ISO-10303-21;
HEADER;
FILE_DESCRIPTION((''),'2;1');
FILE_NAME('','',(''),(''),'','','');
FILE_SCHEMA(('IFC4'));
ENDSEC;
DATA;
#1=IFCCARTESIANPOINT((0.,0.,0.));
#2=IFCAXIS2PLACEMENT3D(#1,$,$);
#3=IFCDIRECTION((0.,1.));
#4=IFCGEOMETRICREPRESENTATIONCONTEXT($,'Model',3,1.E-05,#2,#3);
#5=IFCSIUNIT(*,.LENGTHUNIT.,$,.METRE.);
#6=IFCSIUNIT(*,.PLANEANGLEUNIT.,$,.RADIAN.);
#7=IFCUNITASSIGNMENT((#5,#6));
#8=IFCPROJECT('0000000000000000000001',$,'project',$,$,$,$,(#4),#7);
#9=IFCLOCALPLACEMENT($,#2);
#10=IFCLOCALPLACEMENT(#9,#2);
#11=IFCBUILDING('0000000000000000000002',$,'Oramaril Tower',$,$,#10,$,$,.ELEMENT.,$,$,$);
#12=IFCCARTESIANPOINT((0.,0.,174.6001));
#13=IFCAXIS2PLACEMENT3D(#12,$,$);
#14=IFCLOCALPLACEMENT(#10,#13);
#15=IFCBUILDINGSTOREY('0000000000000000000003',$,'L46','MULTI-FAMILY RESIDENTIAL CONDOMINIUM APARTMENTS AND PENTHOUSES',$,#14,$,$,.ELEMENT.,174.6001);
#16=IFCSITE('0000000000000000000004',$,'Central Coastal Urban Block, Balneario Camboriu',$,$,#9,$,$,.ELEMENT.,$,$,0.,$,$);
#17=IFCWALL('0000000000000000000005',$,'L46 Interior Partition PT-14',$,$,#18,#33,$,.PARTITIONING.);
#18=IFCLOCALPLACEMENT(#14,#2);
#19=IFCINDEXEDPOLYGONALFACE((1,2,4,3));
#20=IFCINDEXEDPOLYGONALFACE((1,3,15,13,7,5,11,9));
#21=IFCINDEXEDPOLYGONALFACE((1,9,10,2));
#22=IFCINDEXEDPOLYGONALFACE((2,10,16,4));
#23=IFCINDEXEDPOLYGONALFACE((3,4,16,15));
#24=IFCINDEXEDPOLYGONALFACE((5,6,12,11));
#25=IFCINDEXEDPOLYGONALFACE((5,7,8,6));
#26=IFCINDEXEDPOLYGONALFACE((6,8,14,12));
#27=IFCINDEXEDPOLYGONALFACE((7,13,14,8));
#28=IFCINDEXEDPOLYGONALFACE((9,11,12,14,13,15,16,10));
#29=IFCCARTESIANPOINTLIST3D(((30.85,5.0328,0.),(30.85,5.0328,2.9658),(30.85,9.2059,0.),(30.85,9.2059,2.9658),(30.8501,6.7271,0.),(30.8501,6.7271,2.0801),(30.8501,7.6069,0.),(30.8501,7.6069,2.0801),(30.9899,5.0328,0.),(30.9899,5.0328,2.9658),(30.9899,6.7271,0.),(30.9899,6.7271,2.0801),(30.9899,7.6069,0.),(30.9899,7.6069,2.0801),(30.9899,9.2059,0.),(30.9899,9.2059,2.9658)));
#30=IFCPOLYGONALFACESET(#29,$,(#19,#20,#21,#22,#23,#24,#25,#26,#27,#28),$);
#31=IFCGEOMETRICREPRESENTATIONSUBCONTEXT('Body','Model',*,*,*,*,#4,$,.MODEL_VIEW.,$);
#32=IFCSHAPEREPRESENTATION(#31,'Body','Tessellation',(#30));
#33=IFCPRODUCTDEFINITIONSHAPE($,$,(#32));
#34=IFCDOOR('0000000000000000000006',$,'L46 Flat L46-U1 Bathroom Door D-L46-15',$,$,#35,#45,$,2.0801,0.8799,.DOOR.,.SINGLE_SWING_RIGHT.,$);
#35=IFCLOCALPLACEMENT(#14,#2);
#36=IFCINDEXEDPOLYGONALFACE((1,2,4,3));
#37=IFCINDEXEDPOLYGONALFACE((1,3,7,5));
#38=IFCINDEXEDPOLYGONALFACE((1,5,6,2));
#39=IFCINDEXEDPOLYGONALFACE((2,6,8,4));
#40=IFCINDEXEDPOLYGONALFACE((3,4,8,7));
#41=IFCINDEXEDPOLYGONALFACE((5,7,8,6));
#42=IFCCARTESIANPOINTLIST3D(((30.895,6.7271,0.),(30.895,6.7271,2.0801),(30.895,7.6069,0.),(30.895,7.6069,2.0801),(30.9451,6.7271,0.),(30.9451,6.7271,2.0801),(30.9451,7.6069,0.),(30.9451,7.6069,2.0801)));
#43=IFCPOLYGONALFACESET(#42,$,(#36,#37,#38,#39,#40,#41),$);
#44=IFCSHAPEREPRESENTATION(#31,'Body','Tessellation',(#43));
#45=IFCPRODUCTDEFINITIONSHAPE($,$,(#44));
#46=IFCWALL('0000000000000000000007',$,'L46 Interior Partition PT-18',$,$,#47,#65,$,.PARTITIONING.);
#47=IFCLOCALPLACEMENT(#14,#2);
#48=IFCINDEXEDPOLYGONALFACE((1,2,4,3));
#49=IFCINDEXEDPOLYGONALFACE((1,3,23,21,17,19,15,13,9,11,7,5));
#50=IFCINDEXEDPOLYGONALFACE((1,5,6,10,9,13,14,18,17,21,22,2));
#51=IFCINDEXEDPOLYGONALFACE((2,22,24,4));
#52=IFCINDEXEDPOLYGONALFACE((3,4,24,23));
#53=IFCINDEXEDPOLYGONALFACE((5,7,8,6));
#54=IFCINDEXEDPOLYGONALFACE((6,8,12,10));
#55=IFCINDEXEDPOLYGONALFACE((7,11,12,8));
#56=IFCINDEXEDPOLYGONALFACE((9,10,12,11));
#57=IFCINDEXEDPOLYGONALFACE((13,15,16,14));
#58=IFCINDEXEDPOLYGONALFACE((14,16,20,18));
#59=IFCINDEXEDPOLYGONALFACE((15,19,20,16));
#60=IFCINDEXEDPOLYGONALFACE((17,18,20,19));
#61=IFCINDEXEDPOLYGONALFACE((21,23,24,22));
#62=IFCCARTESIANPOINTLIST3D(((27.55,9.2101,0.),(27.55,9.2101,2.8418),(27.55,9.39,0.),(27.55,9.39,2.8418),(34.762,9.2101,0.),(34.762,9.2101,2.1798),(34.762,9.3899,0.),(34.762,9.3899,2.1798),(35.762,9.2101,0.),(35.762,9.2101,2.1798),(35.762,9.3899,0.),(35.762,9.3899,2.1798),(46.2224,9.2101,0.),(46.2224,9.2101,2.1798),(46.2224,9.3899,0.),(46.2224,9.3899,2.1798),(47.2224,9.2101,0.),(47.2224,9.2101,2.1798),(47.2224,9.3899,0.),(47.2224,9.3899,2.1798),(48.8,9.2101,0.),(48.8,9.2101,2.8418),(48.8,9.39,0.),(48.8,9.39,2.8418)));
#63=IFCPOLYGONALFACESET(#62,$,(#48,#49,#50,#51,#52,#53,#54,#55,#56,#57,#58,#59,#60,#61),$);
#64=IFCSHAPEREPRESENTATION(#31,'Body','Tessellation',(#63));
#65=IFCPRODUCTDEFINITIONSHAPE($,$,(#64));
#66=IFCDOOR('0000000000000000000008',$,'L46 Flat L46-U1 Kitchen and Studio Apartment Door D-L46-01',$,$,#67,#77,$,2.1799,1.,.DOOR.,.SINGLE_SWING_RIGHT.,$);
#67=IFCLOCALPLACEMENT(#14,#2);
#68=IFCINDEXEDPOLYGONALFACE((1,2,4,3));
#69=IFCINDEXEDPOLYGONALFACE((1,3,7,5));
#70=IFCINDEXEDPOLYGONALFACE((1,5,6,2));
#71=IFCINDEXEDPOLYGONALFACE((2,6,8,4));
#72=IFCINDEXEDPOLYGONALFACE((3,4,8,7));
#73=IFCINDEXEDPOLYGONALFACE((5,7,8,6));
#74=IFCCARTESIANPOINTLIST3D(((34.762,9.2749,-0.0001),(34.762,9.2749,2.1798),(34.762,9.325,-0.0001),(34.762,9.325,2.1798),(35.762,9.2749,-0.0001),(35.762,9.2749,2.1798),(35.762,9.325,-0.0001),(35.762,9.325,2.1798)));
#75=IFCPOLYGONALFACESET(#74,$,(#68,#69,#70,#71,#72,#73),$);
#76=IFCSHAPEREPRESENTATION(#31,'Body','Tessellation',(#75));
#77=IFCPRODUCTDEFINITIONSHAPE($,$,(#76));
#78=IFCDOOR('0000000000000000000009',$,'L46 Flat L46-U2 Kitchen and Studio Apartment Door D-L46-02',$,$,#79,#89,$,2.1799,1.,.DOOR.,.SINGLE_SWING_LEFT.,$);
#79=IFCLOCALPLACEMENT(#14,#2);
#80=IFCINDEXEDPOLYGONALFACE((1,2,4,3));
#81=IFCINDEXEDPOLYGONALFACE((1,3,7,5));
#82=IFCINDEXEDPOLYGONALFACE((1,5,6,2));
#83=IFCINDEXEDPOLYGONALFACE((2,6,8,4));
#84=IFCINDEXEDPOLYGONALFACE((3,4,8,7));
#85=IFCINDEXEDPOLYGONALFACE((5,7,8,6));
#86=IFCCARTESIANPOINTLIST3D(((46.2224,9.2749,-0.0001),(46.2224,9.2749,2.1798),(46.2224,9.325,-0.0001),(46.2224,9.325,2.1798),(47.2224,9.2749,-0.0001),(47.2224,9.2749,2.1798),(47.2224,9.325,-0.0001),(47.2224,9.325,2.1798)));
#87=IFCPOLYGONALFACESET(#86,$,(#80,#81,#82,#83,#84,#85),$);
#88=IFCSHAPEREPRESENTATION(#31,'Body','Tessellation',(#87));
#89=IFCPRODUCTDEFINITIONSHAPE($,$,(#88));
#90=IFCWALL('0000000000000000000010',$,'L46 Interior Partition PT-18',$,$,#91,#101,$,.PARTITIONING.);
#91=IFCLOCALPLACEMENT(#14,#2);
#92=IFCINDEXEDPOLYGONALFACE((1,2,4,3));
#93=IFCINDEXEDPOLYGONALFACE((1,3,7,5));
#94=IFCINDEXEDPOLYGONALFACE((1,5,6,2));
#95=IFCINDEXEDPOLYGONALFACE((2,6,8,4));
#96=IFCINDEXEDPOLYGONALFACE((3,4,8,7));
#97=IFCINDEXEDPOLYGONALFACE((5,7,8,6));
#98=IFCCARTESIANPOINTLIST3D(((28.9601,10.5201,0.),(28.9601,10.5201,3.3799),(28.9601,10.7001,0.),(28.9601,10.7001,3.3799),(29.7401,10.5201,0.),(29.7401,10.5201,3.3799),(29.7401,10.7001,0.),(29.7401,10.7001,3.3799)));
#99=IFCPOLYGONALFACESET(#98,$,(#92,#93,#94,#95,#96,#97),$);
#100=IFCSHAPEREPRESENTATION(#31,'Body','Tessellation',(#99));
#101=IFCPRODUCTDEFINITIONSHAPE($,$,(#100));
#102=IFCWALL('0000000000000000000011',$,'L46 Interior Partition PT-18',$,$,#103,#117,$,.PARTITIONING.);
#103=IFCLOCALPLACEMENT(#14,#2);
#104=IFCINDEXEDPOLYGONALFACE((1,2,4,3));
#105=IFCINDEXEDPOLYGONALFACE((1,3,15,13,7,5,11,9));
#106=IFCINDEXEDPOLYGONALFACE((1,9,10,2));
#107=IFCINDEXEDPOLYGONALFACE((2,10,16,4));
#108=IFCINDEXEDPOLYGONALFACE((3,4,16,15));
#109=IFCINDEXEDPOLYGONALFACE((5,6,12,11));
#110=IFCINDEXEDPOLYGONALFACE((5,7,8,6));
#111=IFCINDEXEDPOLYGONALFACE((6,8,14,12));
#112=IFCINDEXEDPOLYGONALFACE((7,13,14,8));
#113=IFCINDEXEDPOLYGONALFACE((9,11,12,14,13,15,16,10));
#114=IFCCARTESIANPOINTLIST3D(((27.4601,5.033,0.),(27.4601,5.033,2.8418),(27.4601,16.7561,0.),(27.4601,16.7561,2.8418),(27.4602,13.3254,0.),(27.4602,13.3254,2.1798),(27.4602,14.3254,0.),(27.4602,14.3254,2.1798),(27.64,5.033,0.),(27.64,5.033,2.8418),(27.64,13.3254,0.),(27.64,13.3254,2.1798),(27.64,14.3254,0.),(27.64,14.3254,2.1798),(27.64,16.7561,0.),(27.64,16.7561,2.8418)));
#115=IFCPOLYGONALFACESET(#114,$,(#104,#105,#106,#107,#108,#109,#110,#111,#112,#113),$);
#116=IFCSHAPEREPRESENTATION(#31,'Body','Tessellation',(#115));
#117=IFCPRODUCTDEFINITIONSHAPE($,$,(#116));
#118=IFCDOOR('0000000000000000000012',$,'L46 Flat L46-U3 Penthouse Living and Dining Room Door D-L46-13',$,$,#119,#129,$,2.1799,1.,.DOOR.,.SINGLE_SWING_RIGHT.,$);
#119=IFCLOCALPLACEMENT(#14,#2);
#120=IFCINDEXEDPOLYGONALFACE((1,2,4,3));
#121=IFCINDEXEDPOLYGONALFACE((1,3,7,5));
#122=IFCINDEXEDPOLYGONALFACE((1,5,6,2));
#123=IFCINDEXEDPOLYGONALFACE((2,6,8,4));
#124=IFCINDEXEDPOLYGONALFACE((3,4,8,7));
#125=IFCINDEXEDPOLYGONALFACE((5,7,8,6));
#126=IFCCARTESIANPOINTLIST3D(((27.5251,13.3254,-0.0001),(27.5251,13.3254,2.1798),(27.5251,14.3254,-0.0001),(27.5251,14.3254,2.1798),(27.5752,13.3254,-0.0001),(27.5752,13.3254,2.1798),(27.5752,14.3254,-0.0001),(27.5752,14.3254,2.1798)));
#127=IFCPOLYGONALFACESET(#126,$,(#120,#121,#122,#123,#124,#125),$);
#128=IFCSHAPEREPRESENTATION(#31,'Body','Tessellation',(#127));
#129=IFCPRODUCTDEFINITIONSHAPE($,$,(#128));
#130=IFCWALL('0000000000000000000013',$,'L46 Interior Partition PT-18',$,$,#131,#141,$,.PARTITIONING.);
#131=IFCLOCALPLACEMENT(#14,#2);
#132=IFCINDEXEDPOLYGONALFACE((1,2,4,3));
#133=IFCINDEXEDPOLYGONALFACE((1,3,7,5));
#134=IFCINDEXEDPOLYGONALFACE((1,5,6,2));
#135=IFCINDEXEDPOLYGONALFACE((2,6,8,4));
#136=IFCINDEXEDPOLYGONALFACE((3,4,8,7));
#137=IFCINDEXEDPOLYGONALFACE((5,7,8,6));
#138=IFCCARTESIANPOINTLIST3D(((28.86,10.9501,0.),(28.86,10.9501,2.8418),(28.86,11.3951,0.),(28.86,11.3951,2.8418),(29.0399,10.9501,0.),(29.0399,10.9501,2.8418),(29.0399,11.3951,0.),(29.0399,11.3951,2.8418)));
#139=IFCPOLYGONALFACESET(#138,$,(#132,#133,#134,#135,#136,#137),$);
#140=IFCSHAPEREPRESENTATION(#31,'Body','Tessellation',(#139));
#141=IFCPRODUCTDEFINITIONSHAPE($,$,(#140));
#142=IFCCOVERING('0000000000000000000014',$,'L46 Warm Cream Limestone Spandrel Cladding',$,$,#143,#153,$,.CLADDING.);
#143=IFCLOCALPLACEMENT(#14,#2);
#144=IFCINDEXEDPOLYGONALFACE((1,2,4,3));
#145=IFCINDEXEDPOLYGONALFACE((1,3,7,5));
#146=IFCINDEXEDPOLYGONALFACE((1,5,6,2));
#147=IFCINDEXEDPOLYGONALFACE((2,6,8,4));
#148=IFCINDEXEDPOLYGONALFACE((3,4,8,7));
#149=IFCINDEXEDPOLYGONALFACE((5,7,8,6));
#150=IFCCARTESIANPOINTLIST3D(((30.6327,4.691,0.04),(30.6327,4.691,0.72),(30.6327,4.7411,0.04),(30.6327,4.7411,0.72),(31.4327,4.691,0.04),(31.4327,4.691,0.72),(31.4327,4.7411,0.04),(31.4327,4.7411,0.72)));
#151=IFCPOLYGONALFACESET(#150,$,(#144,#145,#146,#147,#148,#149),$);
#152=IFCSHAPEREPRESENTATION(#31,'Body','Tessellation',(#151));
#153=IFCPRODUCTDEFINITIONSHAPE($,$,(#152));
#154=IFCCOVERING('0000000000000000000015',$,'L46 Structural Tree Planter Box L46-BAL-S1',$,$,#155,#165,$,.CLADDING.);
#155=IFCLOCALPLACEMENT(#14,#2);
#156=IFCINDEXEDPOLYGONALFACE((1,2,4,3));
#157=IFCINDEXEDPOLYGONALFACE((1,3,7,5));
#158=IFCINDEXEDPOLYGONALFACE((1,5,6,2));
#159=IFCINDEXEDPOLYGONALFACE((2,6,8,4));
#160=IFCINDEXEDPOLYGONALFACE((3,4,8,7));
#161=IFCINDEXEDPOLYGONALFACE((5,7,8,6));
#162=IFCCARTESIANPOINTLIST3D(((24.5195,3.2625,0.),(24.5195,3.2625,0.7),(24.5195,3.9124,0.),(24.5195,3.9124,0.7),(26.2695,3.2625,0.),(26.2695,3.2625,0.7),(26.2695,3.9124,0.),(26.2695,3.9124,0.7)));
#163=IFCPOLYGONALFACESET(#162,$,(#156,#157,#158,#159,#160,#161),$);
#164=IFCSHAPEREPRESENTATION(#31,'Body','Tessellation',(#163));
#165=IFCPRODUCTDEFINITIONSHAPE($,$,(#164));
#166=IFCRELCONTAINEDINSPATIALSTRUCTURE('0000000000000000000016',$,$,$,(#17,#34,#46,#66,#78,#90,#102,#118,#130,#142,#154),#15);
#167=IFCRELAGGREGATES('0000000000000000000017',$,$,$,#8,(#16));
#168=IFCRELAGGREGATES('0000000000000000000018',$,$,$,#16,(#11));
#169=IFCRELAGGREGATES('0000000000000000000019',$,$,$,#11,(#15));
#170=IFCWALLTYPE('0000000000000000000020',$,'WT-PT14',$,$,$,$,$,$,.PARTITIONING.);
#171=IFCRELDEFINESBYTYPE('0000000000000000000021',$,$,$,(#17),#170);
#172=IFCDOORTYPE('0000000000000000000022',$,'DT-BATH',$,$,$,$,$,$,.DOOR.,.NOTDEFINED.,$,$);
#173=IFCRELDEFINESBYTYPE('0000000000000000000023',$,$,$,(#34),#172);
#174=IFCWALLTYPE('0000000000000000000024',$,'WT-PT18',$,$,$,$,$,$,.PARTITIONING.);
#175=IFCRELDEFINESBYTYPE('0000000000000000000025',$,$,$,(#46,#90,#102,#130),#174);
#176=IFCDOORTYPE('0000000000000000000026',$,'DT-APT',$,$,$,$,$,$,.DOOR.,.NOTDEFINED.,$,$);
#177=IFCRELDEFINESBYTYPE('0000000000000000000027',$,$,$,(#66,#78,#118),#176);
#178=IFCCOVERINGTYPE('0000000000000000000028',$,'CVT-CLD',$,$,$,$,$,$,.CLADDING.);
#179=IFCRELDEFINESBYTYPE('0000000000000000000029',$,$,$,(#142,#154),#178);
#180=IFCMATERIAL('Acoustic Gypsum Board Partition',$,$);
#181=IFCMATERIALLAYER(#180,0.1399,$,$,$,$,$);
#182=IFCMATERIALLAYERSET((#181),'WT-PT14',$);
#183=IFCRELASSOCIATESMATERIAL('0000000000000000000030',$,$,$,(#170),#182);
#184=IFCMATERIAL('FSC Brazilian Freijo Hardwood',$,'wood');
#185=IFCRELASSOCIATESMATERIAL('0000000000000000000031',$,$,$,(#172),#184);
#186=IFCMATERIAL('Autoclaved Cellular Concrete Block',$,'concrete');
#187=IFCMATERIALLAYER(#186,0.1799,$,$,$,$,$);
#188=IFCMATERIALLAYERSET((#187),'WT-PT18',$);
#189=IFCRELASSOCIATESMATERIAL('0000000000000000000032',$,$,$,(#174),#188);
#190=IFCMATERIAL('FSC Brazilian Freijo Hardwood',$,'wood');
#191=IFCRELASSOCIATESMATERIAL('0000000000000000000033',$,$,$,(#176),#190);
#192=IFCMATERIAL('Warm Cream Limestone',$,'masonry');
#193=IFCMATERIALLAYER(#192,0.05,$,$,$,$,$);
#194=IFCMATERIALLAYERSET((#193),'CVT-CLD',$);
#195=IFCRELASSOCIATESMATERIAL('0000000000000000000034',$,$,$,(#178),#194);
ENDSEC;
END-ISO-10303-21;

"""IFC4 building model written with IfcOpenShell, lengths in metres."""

from ifc_helpers import new_model, si_unit, direction, frame, frame_2d, origin, origin_2d, place, context, subcontext, project, spatial, rectangle, extrude, material, layer, layer_set, type_object, element, fill, save


model = new_model("IFC4")

# Units and contexts
model_context = context("Model", 3, precision=1e-05, world=origin(), true_north=direction((0.0, 1.0)))
body_context = subcontext(model_context, "Body", "Model", "MODEL_VIEW")
ifc_project = project(units=[si_unit("LENGTHUNIT", "METRE"), si_unit("PLANEANGLEUNIT", "RADIAN")], contexts=[model_context])

# Site, building, storey
site_placement = place(None, origin())
site = spatial("IfcSite", under=ifc_project, at=site_placement, Name="Central Coastal Urban Block, Balneario Camboriu", CompositionType="ELEMENT", RefElevation=0.0)
building_placement = place(site_placement, origin())
building = spatial("IfcBuilding", under=site, at=building_placement, Name="Oramaril Tower", CompositionType="ELEMENT")
storey_placement = place(building_placement, frame((0.0, 0.0, 174.6001)))
storey = spatial("IfcBuildingStorey", under=building, at=storey_placement, Name="L46", Description="MULTI-FAMILY RESIDENTIAL CONDOMINIUM APARTMENTS AND PENTHOUSES", CompositionType="ELEMENT", Elevation=174.6001)

# Wall, opening, door
ifc_material_1 = material(Name="Acoustic Gypsum Board Partition")
ifc_layer_1 = layer(ifc_material_1, 0.1399)
ifc_layer_set_1 = layer_set([ifc_layer_1], Name="WT-PT14")
wall_type_1 = type_object("IfcWallType", Name="WT-PT14", PredefinedType="PARTITIONING", material=ifc_layer_set_1)
wall_1_placement = place(storey_placement, frame((30.9199, 5.033, 0.0), z_axis=(0.0, 0.0, 1.0), x_axis=(0.0, 1.0, 0.0)))
wall_1 = element("IfcWall", 1, at=wall_1_placement, inside=storey, type_object=wall_type_1, Name="L46 Interior Partition PT-14", PredefinedType="PARTITIONING", context=body_context, shape_type="SweptSolid", body=[
    extrude(rectangle(XDim=4.1731, YDim=0.1399, at=frame_2d((2.0864, 0.0))), origin(), (0.0, 0.0, 1.0), 2.9658),
])
opening_1_placement = place(wall_1_placement, frame((1.6941, 0.0, 0.0)))
opening_1 = element("IfcOpeningElement", 2, at=opening_1_placement, cuts=wall_1, PredefinedType="OPENING", context=body_context, shape_type="SweptSolid", body=[
    extrude(rectangle(XDim=0.8799, YDim=2.0801, at=frame_2d((0.4399, 1.04))), frame((0.0, 0.0698, 0.0), z_axis=(0.0, -1.0, 0.0), x_axis=(1.0, 0.0, 0.0)), (0.0, 0.0, 1.0), 0.1399),
])
ifc_material_2 = material(Name="FSC Brazilian Freijo Hardwood", Category="wood")
door_type_1 = type_object("IfcDoorType", Name="DT-BATH", OperationType="NOTDEFINED", PredefinedType="DOOR", material=ifc_material_2)
door_1_placement = place(opening_1_placement, origin())
door_1 = element("IfcDoor", 3, at=door_1_placement, inside=storey, type_object=door_type_1, Name="L46 Flat L46-U1 Bathroom Door D-L46-15", OperationType="SINGLE_SWING_RIGHT", OverallHeight=2.0801, OverallWidth=0.8799, PredefinedType="DOOR", context=body_context, shape_type="SweptSolid", body=[
    extrude(rectangle(XDim=0.8799, YDim=2.0801, at=frame_2d((0.4399, 1.04))), frame((0.0, 0.0249, 0.0), z_axis=(0.0, -1.0, 0.0), x_axis=(1.0, 0.0, 0.0)), (0.0, 0.0, 1.0), 0.05),
])
fill(opening_1, door_1)

# Wall, openings, doors
ifc_material_3 = material(Name="Autoclaved Cellular Concrete Block", Category="concrete")
ifc_layer_2 = layer(ifc_material_3, 0.1799)
ifc_layer_set_2 = layer_set([ifc_layer_2], Name="WT-PT18")
wall_type_2 = type_object("IfcWallType", Name="WT-PT18", PredefinedType="PARTITIONING", material=ifc_layer_set_2)
wall_2_placement = place(storey_placement, frame((27.55, 9.3, 0.0), z_axis=(0.0, 0.0, 1.0), x_axis=(1.0, 0.0, 0.0)))
wall_2 = element("IfcWall", 4, at=wall_2_placement, inside=storey, type_object=wall_type_2, Name="L46 Interior Partition PT-18", PredefinedType="PARTITIONING", context=body_context, shape_type="SweptSolid", body=[
    extrude(rectangle(XDim=21.25, YDim=0.1799, at=frame_2d((10.625, 0.0))), origin(), (0.0, 0.0, 1.0), 2.8418),
])
opening_2_placement = place(wall_2_placement, frame((7.2119, 0.0, 0.0)))
opening_2 = element("IfcOpeningElement", 5, at=opening_2_placement, cuts=wall_2, PredefinedType="OPENING", context=body_context, shape_type="SweptSolid", body=[
    extrude(rectangle(XDim=1.0, YDim=2.1799, at=frame_2d((0.5, 1.0898))), frame((0.0, 0.0898, 0.0), z_axis=(0.0, -1.0, 0.0), x_axis=(1.0, 0.0, 0.0)), (0.0, 0.0, 1.0), 0.1799),
])
opening_3_placement = place(wall_2_placement, frame((18.6724, 0.0, 0.0)))
opening_3 = element("IfcOpeningElement", 6, at=opening_3_placement, cuts=wall_2, PredefinedType="OPENING", context=body_context, shape_type="SweptSolid", body=[
    extrude(rectangle(XDim=1.0, YDim=2.1799, at=frame_2d((0.5, 1.0898))), frame((0.0, 0.0898, 0.0), z_axis=(0.0, -1.0, 0.0), x_axis=(1.0, 0.0, 0.0)), (0.0, 0.0, 1.0), 0.1799),
])
ifc_material_4 = material(Name="FSC Brazilian Freijo Hardwood", Category="wood")
door_type_2 = type_object("IfcDoorType", Name="DT-APT", OperationType="NOTDEFINED", PredefinedType="DOOR", material=ifc_material_4)
door_2_placement = place(opening_2_placement, origin())
door_2 = element("IfcDoor", 7, at=door_2_placement, inside=storey, type_object=door_type_2, Name="L46 Flat L46-U1 Kitchen and Studio Apartment Door D-L46-01", OperationType="SINGLE_SWING_RIGHT", OverallHeight=2.1799, OverallWidth=1.0, PredefinedType="DOOR", context=body_context, shape_type="SweptSolid", body=[
    extrude(rectangle(XDim=1.0, YDim=2.1799, at=frame_2d((0.5, 1.0898))), frame((0.0, 0.0249, 0.0), z_axis=(0.0, -1.0, 0.0), x_axis=(1.0, 0.0, 0.0)), (0.0, 0.0, 1.0), 0.05),
])
fill(opening_2, door_2)
door_3_placement = place(opening_3_placement, origin())
door_3 = element("IfcDoor", 8, at=door_3_placement, inside=storey, type_object=door_type_2, Name="L46 Flat L46-U2 Kitchen and Studio Apartment Door D-L46-02", OperationType="SINGLE_SWING_LEFT", OverallHeight=2.1799, OverallWidth=1.0, PredefinedType="DOOR", context=body_context, shape_type="SweptSolid", body=[
    extrude(rectangle(XDim=1.0, YDim=2.1799, at=frame_2d((0.5, 1.0898))), frame((0.0, 0.0249, 0.0), z_axis=(0.0, -1.0, 0.0), x_axis=(1.0, 0.0, 0.0)), (0.0, 0.0, 1.0), 0.05),
])
fill(opening_3, door_3)

# Wall
wall_3_placement = place(storey_placement, frame((28.96, 10.6101, 0.0), z_axis=(0.0, 0.0, 1.0), x_axis=(1.0, 0.0, 0.0)))
element("IfcWall", 9, at=wall_3_placement, inside=storey, type_object=wall_type_2, Name="L46 Interior Partition PT-18", PredefinedType="PARTITIONING", context=body_context, shape_type="SweptSolid", body=[
    extrude(rectangle(XDim=0.78, YDim=0.1799, at=frame_2d((0.3901, 0.0))), origin(), (0.0, 0.0, 1.0), 3.3799),
])

# Wall, opening, door
wall_4_placement = place(storey_placement, frame((27.55, 5.033, 0.0), z_axis=(0.0, 0.0, 1.0), x_axis=(0.0, 1.0, 0.0)))
wall_4 = element("IfcWall", 10, at=wall_4_placement, inside=storey, type_object=wall_type_2, Name="L46 Interior Partition PT-18", PredefinedType="PARTITIONING", context=body_context, shape_type="SweptSolid", body=[
    extrude(rectangle(XDim=11.7231, YDim=0.1799, at=frame_2d((5.8616, 0.0))), origin(), (0.0, 0.0, 1.0), 2.8418),
])
opening_4_placement = place(wall_4_placement, frame((8.2925, 0.0, 0.0)))
opening_4 = element("IfcOpeningElement", 11, at=opening_4_placement, cuts=wall_4, PredefinedType="OPENING", context=body_context, shape_type="SweptSolid", body=[
    extrude(rectangle(XDim=1.0, YDim=2.1799, at=frame_2d((0.5, 1.0898))), frame((0.0, 0.0898, 0.0), z_axis=(0.0, -1.0, 0.0), x_axis=(1.0, 0.0, 0.0)), (0.0, 0.0, 1.0), 0.1799),
])
door_4_placement = place(opening_4_placement, origin())
door_4 = element("IfcDoor", 12, at=door_4_placement, inside=storey, type_object=door_type_2, Name="L46 Flat L46-U3 Penthouse Living and Dining Room Door D-L46-13", OperationType="SINGLE_SWING_RIGHT", OverallHeight=2.1799, OverallWidth=1.0, PredefinedType="DOOR", context=body_context, shape_type="SweptSolid", body=[
    extrude(rectangle(XDim=1.0, YDim=2.1799, at=frame_2d((0.5, 1.0898))), frame((0.0, 0.0249, 0.0), z_axis=(0.0, -1.0, 0.0), x_axis=(1.0, 0.0, 0.0)), (0.0, 0.0, 1.0), 0.05),
])
fill(opening_4, door_4)

# Wall
wall_5_placement = place(storey_placement, frame((28.95, 10.95, 0.0), z_axis=(0.0, 0.0, 1.0), x_axis=(0.0, 1.0, 0.0)))
element("IfcWall", 13, at=wall_5_placement, inside=storey, type_object=wall_type_2, Name="L46 Interior Partition PT-18", PredefinedType="PARTITIONING", context=body_context, shape_type="SweptSolid", body=[
    extrude(rectangle(XDim=0.4451, YDim=0.1799, at=frame_2d((0.2227, 0.0))), origin(), (0.0, 0.0, 1.0), 2.8418),
])

# Coverings
ifc_material_5 = material(Name="Warm Cream Limestone", Category="masonry")
ifc_layer_3 = layer(ifc_material_5, 0.05)
ifc_layer_set_3 = layer_set([ifc_layer_3], Name="CVT-CLD")
covering_type = type_object("IfcCoveringType", Name="CVT-CLD", PredefinedType="CLADDING", material=ifc_layer_set_3)
covering_1_placement = place(storey_placement, frame((31.0327, 4.7161, 0.04), z_axis=(0.0, 0.0, 1.0), x_axis=(1.0, 0.0, 0.0)))
element("IfcCovering", 14, at=covering_1_placement, inside=storey, type_object=covering_type, Name="L46 Warm Cream Limestone Spandrel Cladding", PredefinedType="CLADDING", context=body_context, shape_type="SweptSolid", body=[
    extrude(rectangle(XDim=0.8, YDim=0.05, at=origin_2d()), origin(), (0.0, 0.0, 1.0), 0.6799),
])
covering_2_placement = place(storey_placement, frame((25.3945, 3.5874, 0.0), z_axis=(0.0, 0.0, 1.0), x_axis=(1.0, 0.0, 0.0)))
element("IfcCovering", 15, at=covering_2_placement, inside=storey, type_object=covering_type, Name="L46 Structural Tree Planter Box L46-BAL-S1", PredefinedType="CLADDING", context=body_context, shape_type="SweptSolid", body=[
    extrude(rectangle(XDim=1.75, YDim=0.6499, at=origin_2d()), origin(), (0.0, 0.0, 1.0), 0.7),
])

save(model, "model.ifc")
